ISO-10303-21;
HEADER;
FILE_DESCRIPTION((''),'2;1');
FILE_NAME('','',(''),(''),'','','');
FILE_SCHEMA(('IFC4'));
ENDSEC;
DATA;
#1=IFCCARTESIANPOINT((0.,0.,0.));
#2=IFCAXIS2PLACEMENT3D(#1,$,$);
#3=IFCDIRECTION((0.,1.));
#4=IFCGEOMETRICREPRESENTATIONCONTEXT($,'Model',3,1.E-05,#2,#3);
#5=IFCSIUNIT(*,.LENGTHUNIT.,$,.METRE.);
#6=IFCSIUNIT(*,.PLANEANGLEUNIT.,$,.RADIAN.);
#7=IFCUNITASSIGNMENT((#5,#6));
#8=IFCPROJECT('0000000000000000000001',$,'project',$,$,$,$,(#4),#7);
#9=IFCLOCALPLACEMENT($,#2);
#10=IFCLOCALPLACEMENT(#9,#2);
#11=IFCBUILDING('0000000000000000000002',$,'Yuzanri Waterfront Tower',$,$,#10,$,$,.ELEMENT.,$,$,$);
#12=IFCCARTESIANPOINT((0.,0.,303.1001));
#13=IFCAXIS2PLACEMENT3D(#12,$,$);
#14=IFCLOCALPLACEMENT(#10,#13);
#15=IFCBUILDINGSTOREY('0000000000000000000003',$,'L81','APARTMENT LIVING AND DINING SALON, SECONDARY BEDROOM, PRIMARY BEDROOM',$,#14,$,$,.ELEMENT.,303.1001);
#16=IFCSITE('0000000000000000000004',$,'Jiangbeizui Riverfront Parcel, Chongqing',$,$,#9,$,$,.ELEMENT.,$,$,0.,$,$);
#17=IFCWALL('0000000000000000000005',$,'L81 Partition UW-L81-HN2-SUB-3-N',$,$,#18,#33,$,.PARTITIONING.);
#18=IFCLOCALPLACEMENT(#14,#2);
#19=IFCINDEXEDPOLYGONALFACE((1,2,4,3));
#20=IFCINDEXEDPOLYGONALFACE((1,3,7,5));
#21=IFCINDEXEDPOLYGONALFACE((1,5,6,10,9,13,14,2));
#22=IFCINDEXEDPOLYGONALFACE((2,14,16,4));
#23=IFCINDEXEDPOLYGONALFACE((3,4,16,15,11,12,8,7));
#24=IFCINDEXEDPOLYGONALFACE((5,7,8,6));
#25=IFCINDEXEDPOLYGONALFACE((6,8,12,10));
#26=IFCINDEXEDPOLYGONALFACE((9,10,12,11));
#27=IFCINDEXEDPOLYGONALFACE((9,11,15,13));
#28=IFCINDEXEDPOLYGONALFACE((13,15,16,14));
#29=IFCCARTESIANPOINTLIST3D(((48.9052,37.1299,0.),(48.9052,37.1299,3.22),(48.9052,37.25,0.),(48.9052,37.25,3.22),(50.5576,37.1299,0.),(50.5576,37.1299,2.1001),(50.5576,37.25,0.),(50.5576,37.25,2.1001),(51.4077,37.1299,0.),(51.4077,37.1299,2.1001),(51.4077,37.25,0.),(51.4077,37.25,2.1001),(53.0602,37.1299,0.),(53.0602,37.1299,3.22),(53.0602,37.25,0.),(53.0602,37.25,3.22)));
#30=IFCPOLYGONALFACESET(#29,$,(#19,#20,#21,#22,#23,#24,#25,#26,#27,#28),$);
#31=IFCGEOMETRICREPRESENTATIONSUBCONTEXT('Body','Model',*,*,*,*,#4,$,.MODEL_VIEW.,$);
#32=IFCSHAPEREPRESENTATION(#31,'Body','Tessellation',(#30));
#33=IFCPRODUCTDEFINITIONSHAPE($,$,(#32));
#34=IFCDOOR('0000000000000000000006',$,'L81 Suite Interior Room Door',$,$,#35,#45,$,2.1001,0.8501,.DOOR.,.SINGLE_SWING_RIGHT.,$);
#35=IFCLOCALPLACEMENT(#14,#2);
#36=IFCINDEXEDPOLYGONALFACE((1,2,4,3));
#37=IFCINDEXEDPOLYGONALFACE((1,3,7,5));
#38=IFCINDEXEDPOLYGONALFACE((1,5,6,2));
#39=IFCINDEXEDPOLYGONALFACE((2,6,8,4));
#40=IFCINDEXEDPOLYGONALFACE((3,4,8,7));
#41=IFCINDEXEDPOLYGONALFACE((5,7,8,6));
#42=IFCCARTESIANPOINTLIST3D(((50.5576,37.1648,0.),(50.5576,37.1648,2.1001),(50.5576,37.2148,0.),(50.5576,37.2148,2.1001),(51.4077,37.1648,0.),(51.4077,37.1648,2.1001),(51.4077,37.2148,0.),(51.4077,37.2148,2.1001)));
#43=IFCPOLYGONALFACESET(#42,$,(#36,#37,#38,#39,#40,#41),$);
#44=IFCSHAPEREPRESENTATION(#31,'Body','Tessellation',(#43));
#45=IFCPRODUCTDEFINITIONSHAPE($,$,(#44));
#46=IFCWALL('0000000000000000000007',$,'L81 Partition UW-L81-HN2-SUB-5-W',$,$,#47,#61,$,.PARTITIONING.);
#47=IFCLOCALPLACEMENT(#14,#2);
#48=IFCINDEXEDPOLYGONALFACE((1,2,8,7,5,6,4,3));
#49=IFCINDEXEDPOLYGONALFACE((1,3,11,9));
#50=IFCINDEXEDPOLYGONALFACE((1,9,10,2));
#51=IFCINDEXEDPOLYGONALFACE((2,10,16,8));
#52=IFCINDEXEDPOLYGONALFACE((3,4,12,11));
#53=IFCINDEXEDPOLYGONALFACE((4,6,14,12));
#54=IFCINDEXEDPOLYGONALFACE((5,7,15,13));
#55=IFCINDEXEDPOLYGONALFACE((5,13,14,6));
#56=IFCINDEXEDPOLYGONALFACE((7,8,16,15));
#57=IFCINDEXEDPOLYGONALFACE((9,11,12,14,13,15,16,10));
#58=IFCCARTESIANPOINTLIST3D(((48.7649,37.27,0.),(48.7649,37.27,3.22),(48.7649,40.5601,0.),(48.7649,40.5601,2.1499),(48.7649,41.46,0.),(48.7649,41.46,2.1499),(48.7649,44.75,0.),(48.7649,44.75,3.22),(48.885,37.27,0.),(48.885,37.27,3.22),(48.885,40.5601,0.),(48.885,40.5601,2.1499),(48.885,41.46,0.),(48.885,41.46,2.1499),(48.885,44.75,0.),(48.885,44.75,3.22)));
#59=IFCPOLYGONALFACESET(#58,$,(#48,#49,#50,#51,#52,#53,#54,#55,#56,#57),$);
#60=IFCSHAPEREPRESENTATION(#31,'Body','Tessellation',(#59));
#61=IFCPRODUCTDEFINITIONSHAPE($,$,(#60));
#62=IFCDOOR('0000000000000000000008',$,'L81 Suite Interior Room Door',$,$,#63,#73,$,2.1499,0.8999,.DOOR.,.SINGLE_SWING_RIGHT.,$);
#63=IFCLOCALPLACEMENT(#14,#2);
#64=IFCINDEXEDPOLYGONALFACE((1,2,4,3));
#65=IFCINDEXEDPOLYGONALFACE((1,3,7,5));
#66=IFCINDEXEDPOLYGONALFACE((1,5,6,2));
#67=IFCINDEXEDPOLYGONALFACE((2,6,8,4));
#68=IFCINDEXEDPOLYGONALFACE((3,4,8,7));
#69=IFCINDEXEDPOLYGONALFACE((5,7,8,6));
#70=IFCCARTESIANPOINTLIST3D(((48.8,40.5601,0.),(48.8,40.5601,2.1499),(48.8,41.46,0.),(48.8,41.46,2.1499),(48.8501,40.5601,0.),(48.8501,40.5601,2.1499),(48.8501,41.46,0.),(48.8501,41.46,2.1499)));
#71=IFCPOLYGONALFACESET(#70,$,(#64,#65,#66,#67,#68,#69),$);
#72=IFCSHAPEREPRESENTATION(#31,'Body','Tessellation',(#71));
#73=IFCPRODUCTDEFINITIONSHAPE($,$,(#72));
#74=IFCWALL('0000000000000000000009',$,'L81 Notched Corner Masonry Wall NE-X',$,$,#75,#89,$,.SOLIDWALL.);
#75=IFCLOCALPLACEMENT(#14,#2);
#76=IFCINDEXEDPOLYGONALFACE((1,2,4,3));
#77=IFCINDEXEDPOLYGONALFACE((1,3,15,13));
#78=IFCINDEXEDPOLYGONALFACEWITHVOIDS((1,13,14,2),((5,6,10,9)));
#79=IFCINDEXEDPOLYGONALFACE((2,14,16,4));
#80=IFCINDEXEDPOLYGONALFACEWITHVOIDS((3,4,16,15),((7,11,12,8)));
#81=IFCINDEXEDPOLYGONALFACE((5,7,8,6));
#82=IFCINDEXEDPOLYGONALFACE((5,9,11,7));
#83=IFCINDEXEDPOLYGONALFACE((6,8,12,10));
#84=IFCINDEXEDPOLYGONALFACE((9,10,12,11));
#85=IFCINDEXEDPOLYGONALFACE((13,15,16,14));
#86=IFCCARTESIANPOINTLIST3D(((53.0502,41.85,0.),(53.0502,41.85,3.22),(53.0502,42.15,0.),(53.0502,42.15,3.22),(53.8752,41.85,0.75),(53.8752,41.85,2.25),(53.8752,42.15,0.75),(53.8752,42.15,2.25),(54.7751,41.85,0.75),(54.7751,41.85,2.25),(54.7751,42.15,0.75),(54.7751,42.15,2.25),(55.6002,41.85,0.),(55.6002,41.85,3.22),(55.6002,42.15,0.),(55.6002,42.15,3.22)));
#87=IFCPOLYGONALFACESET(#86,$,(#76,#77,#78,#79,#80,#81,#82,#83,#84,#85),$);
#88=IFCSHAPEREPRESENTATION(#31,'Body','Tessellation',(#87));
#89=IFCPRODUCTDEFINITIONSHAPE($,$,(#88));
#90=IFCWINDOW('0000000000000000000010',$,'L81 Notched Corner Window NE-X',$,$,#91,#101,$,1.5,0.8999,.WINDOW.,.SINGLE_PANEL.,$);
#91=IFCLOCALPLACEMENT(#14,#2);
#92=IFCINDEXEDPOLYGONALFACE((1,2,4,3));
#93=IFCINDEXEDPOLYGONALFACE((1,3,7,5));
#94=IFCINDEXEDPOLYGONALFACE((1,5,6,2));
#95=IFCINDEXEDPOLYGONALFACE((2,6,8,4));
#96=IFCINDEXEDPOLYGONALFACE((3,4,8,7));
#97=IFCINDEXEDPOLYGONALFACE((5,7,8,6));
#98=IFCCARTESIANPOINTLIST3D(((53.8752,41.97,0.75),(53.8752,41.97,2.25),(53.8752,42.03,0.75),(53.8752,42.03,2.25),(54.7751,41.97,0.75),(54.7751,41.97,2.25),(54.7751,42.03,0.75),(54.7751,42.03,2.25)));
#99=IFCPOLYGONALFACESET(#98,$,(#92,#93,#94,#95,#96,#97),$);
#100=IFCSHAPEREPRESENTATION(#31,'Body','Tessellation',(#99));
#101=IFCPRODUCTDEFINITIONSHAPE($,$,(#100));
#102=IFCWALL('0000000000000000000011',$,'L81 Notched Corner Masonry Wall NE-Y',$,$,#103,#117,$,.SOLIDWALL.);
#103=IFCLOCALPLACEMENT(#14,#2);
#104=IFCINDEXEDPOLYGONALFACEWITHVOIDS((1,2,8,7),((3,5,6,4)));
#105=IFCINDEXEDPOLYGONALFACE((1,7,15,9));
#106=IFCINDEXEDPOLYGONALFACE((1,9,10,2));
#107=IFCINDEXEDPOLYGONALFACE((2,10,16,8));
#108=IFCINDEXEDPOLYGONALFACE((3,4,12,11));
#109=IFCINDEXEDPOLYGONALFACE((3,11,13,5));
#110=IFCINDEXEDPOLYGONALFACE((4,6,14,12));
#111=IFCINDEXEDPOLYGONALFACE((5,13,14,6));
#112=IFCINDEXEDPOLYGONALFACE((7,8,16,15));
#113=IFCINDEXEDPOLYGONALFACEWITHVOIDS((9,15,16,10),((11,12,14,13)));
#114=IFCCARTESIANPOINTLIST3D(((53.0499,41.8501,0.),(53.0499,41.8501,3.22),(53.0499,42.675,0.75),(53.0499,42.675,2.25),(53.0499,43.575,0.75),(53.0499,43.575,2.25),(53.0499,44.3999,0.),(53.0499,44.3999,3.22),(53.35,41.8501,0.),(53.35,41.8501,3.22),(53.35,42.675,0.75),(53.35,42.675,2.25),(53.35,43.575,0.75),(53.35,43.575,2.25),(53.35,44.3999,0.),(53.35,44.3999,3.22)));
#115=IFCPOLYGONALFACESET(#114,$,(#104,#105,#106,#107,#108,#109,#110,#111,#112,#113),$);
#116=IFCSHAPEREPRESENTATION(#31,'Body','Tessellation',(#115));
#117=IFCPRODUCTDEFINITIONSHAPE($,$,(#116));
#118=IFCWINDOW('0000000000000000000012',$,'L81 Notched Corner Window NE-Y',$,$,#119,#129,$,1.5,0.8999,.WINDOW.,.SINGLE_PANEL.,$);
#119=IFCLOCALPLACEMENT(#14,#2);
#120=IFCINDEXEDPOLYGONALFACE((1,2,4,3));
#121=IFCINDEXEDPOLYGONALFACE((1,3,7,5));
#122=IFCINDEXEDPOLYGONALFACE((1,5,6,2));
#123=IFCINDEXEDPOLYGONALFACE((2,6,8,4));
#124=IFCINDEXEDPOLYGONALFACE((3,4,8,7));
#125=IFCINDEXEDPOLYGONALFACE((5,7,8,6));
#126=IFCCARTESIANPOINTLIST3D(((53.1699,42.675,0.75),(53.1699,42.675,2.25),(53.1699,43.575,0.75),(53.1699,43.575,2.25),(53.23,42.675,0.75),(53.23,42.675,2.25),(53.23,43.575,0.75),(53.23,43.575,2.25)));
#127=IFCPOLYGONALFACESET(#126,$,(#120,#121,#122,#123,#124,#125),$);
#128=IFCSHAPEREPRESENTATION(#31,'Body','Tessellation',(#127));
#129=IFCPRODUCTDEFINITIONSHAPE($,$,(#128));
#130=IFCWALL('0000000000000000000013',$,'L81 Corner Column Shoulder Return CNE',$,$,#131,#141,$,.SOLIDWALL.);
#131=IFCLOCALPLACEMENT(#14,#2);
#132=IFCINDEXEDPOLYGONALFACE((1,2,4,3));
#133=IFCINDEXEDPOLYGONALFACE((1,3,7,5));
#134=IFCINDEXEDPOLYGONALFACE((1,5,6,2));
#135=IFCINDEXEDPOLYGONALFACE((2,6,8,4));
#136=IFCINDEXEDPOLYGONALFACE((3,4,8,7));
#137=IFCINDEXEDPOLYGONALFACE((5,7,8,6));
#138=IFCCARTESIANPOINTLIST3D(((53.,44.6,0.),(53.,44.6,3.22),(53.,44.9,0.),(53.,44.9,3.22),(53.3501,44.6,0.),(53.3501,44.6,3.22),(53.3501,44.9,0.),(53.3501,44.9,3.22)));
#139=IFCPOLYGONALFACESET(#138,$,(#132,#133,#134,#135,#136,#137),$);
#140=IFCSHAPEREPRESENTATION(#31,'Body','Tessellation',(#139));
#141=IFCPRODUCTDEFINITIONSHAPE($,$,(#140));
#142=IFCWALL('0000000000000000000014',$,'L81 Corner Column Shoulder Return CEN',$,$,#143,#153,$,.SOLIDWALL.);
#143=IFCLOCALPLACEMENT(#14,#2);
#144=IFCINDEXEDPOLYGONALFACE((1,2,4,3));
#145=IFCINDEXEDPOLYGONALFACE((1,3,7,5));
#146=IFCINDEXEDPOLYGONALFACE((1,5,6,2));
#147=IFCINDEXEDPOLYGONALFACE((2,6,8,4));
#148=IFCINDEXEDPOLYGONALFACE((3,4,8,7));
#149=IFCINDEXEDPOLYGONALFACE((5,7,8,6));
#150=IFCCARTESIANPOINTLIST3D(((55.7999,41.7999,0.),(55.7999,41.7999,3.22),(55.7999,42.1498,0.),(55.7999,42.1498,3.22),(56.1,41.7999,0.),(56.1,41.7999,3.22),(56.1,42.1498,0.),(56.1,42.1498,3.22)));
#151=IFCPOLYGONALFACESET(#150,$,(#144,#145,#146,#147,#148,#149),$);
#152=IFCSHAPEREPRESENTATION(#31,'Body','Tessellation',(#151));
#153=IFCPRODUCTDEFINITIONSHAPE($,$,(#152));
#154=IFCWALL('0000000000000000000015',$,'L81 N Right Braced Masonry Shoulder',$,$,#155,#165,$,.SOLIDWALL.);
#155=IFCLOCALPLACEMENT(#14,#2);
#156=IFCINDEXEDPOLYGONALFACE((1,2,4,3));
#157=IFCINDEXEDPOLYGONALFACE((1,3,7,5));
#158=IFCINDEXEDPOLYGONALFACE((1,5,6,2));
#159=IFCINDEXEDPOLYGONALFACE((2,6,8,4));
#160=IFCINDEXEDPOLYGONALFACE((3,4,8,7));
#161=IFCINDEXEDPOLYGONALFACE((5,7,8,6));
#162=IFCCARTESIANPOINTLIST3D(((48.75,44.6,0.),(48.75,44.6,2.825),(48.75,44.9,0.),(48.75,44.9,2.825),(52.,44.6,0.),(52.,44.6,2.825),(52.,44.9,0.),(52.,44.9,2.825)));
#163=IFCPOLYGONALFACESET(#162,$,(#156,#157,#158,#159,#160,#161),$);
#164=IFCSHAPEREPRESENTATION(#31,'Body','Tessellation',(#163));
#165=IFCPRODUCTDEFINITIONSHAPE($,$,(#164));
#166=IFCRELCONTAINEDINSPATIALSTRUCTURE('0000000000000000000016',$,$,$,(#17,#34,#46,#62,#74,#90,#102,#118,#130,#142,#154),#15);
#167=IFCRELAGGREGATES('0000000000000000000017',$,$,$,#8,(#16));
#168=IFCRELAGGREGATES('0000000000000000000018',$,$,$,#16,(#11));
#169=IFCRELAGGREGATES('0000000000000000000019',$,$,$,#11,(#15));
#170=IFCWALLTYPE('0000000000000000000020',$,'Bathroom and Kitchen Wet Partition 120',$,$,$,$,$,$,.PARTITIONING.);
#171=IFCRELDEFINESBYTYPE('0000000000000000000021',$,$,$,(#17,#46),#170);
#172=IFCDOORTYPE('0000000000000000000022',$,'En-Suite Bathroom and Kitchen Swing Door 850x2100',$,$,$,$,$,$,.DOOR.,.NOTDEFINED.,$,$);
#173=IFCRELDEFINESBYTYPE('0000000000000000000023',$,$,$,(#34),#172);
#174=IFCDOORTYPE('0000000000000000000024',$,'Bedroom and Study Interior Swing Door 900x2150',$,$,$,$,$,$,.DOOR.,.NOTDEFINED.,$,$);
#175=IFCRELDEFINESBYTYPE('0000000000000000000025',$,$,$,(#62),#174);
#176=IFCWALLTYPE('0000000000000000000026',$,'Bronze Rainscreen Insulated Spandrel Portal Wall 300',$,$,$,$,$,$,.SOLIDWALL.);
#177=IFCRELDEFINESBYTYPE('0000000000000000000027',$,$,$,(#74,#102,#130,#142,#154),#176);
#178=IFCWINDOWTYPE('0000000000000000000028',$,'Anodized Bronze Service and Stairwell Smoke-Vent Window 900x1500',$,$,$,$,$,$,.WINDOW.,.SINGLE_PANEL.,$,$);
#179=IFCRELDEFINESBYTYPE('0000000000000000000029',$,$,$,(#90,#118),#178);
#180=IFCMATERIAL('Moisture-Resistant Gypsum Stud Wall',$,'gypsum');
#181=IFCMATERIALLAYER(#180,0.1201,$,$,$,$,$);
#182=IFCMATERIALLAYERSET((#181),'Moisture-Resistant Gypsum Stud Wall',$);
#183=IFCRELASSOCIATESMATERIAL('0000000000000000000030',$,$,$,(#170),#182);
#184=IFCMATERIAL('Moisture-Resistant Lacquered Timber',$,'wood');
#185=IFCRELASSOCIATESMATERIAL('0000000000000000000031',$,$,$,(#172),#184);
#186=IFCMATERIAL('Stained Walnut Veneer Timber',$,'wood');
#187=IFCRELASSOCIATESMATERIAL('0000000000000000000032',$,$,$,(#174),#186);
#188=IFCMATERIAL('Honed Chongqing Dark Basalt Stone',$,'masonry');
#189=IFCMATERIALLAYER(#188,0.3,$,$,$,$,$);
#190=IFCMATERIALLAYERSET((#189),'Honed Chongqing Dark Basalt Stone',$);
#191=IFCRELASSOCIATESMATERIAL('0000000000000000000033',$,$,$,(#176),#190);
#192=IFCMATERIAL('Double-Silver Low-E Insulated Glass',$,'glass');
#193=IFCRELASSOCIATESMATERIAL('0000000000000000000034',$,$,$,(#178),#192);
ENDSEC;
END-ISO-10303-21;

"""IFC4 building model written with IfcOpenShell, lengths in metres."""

from ifc_helpers import new_model, si_unit, direction, frame, frame_2d, origin, place, context, subcontext, project, spatial, rectangle, extrude, source, transform, mapped, material, layer, layer_set, type_object, element, fill, save


model = new_model("IFC4")

# Units and contexts
model_context = context("Model", 3, precision=1e-05, world=origin(), true_north=direction((0.0, 1.0)))
body_context = subcontext(model_context, "Body", "Model", "MODEL_VIEW")
ifc_project = project(units=[si_unit("LENGTHUNIT", "METRE"), si_unit("PLANEANGLEUNIT", "RADIAN")], contexts=[model_context])

# Site, building, storey
site_placement = place(None, origin())
site = spatial("IfcSite", under=ifc_project, at=site_placement, Name="Jiangbeizui Riverfront Parcel, Chongqing", CompositionType="ELEMENT", RefElevation=0.0)
building_placement = place(site_placement, origin())
building = spatial("IfcBuilding", under=site, at=building_placement, Name="Yuzanri Waterfront Tower", CompositionType="ELEMENT")
storey_placement = place(building_placement, frame((0.0, 0.0, 303.1001)))
storey = spatial("IfcBuildingStorey", under=building, at=storey_placement, Name="L81", Description="APARTMENT LIVING AND DINING SALON, SECONDARY BEDROOM, PRIMARY BEDROOM", CompositionType="ELEMENT", Elevation=303.1001)

# Walls, openings, doors
ifc_material_1 = material(Name="Moisture-Resistant Gypsum Stud Wall", Category="gypsum")
ifc_layer_1 = layer(ifc_material_1, 0.1201)
ifc_layer_set_1 = layer_set([ifc_layer_1], Name="Moisture-Resistant Gypsum Stud Wall")
wall_type_1 = type_object("IfcWallType", Name="Bathroom and Kitchen Wet Partition 120", PredefinedType="PARTITIONING", material=ifc_layer_set_1)
wall_1_placement = place(storey_placement, frame((48.905, 37.1899, 0.0), z_axis=(0.0, 0.0, 1.0), x_axis=(1.0, 0.0, 0.0)))
wall_1 = element("IfcWall", 1, at=wall_1_placement, inside=storey, type_object=wall_type_1, Name="L81 Partition UW-L81-HN2-SUB-3-N", PredefinedType="PARTITIONING", context=body_context, shape_type="SweptSolid", body=[
    extrude(rectangle(XDim=4.155, YDim=0.1201, at=frame_2d((2.0776, 0.0))), origin(), (0.0, 0.0, 1.0), 3.22),
])
opening_1_placement = place(wall_1_placement, frame((1.6526, 0.0, 0.0)))
opening_1 = element("IfcOpeningElement", 2, at=opening_1_placement, cuts=wall_1, PredefinedType="OPENING", context=body_context, shape_type="SweptSolid", body=[
    extrude(rectangle(XDim=0.8501, YDim=2.1001, at=frame_2d((0.425, 1.05))), frame((0.0, 0.075, 0.0), z_axis=(0.0, -1.0, 0.0), x_axis=(1.0, 0.0, 0.0)), (0.0, 0.0, 1.0), 0.1499),
])
ifc_material_2 = material(Name="Moisture-Resistant Lacquered Timber", Category="wood")
door_type_1 = type_object("IfcDoorType", Name="En-Suite Bathroom and Kitchen Swing Door 850x2100", OperationType="NOTDEFINED", PredefinedType="DOOR", material=ifc_material_2)
shared_shape_1 = source(origin(), body_context, "Body", "SweptSolid", [
    extrude(rectangle(XDim=0.8501, YDim=2.1001, at=frame_2d((0.425, 1.05))), frame((0.0, 0.0249, 0.0), z_axis=(0.0, -1.0, 0.0), x_axis=(1.0, 0.0, 0.0)), (0.0, 0.0, 1.0), 0.05),
])
door_1_placement = place(opening_1_placement, origin())
door_1 = element("IfcDoor", 3, at=door_1_placement, inside=storey, type_object=door_type_1, Name="L81 Suite Interior Room Door", OperationType="SINGLE_SWING_RIGHT", OverallHeight=2.1001, OverallWidth=0.8501, PredefinedType="DOOR", context=body_context, shape_type="MappedRepresentation", body=[
    mapped(shared_shape_1, transform((0.0, 0.0, 0.0), scale=1.0)),
])
fill(opening_1, door_1)
wall_2_placement = place(storey_placement, frame((48.825, 37.27, 0.0), z_axis=(0.0, 0.0, 1.0), x_axis=(0.0, 1.0, 0.0)))
wall_2 = element("IfcWall", 4, at=wall_2_placement, inside=storey, type_object=wall_type_1, Name="L81 Partition UW-L81-HN2-SUB-5-W", PredefinedType="PARTITIONING", context=body_context, shape_type="SweptSolid", body=[
    extrude(rectangle(XDim=7.48, YDim=0.1201, at=frame_2d((3.74, 0.0))), origin(), (0.0, 0.0, 1.0), 3.22),
])
opening_2_placement = place(wall_2_placement, frame((3.29, 0.0, 0.0)))
opening_2 = element("IfcOpeningElement", 5, at=opening_2_placement, cuts=wall_2, PredefinedType="OPENING", context=body_context, shape_type="SweptSolid", body=[
    extrude(rectangle(XDim=0.8999, YDim=2.1499, at=frame_2d((0.45, 1.075))), frame((0.0, 0.075, 0.0), z_axis=(0.0, -1.0, 0.0), x_axis=(1.0, 0.0, 0.0)), (0.0, 0.0, 1.0), 0.1499),
])
ifc_material_3 = material(Name="Stained Walnut Veneer Timber", Category="wood")
door_type_2 = type_object("IfcDoorType", Name="Bedroom and Study Interior Swing Door 900x2150", OperationType="NOTDEFINED", PredefinedType="DOOR", material=ifc_material_3)
shared_shape_2 = source(origin(), body_context, "Body", "SweptSolid", [
    extrude(rectangle(XDim=0.8999, YDim=2.1499, at=frame_2d((0.45, 1.075))), frame((0.0, 0.0249, 0.0), z_axis=(0.0, -1.0, 0.0), x_axis=(1.0, 0.0, 0.0)), (0.0, 0.0, 1.0), 0.05),
])
door_2_placement = place(opening_2_placement, origin())
door_2 = element("IfcDoor", 6, at=door_2_placement, inside=storey, type_object=door_type_2, Name="L81 Suite Interior Room Door", OperationType="SINGLE_SWING_RIGHT", OverallHeight=2.1499, OverallWidth=0.8999, PredefinedType="DOOR", context=body_context, shape_type="MappedRepresentation", body=[
    mapped(shared_shape_2, transform((0.0, 0.0, 0.0), scale=1.0)),
])
fill(opening_2, door_2)

# Walls, openings, windows
ifc_material_4 = material(Name="Honed Chongqing Dark Basalt Stone", Category="masonry")
ifc_layer_2 = layer(ifc_material_4, 0.3)
ifc_layer_set_2 = layer_set([ifc_layer_2], Name="Honed Chongqing Dark Basalt Stone")
wall_type_2 = type_object("IfcWallType", Name="Bronze Rainscreen Insulated Spandrel Portal Wall 300", PredefinedType="SOLIDWALL", material=ifc_layer_set_2)
wall_3_placement = place(storey_placement, frame((55.6001, 42.0, 0.0), z_axis=(0.0, 0.0, 1.0), x_axis=(-1.0, 0.0, 0.0)))
wall_3 = element("IfcWall", 7, at=wall_3_placement, inside=storey, type_object=wall_type_2, Name="L81 Notched Corner Masonry Wall NE-X", PredefinedType="SOLIDWALL", context=body_context, shape_type="SweptSolid", body=[
    extrude(rectangle(XDim=2.55, YDim=0.3, at=frame_2d((1.2749, 0.0))), origin(), (0.0, 0.0, 1.0), 3.22),
])
opening_3_placement = place(wall_3_placement, frame((0.825, 0.0, 0.75)))
opening_3 = element("IfcOpeningElement", 8, at=opening_3_placement, cuts=wall_3, PredefinedType="OPENING", context=body_context, shape_type="SweptSolid", body=[
    extrude(rectangle(XDim=0.8999, YDim=1.5, at=frame_2d((0.45, 0.75))), frame((0.0, 0.165, 0.0), z_axis=(0.0, -1.0, 0.0), x_axis=(1.0, 0.0, 0.0)), (0.0, 0.0, 1.0), 0.3298),
])
ifc_material_5 = material(Name="Double-Silver Low-E Insulated Glass", Category="glass")
window_type = type_object("IfcWindowType", Name="Anodized Bronze Service and Stairwell Smoke-Vent Window 900x1500", PartitioningType="SINGLE_PANEL", PredefinedType="WINDOW", material=ifc_material_5)
shared_shape_3 = source(origin(), body_context, "Body", "SweptSolid", [
    extrude(rectangle(XDim=0.8999, YDim=1.5, at=frame_2d((0.45, 0.75))), frame((0.0, 0.03, 0.0), z_axis=(0.0, -1.0, 0.0), x_axis=(1.0, 0.0, 0.0)), (0.0, 0.0, 1.0), 0.0601),
])
window_1_placement = place(opening_3_placement, origin())
window_1 = element("IfcWindow", 9, at=window_1_placement, inside=storey, type_object=window_type, Name="L81 Notched Corner Window NE-X", OverallHeight=1.5, OverallWidth=0.8999, PartitioningType="SINGLE_PANEL", PredefinedType="WINDOW", context=body_context, shape_type="MappedRepresentation", body=[
    mapped(shared_shape_3, transform((0.0, 0.0, 0.0), scale=1.0)),
])
fill(opening_3, window_1)
wall_4_placement = place(storey_placement, frame((53.2, 41.8501, 0.0), z_axis=(0.0, 0.0, 1.0), x_axis=(0.0, 1.0, 0.0)))
wall_4 = element("IfcWall", 10, at=wall_4_placement, inside=storey, type_object=wall_type_2, Name="L81 Notched Corner Masonry Wall NE-Y", PredefinedType="SOLIDWALL", context=body_context, shape_type="SweptSolid", body=[
    extrude(rectangle(XDim=2.5498, YDim=0.3, at=frame_2d((1.2749, 0.0))), origin(), (0.0, 0.0, 1.0), 3.22),
])
opening_4_placement = place(wall_4_placement, frame((0.825, 0.0, 0.75)))
opening_4 = element("IfcOpeningElement", 11, at=opening_4_placement, cuts=wall_4, PredefinedType="OPENING", context=body_context, shape_type="SweptSolid", body=[
    extrude(rectangle(XDim=0.8999, YDim=1.5, at=frame_2d((0.45, 0.75))), frame((0.0, 0.165, 0.0), z_axis=(0.0, -1.0, 0.0), x_axis=(1.0, 0.0, 0.0)), (0.0, 0.0, 1.0), 0.3298),
])
window_2_placement = place(opening_4_placement, origin())
window_2 = element("IfcWindow", 12, at=window_2_placement, inside=storey, type_object=window_type, Name="L81 Notched Corner Window NE-Y", OverallHeight=1.5, OverallWidth=0.8999, PartitioningType="SINGLE_PANEL", PredefinedType="WINDOW", context=body_context, shape_type="MappedRepresentation", body=[
    mapped(shared_shape_3, transform((0.0, 0.0, 0.0), scale=1.0)),
])
fill(opening_4, window_2)

# Walls
shared_shape_4 = source(origin(), body_context, "Body", "SweptSolid", [
    extrude(rectangle(XDim=0.3501, YDim=0.3, at=frame_2d((0.175, 0.0))), origin(), (0.0, 0.0, 1.0), 3.22),
])
wall_5_placement = place(storey_placement, frame((53.0, 44.75, 0.0), z_axis=(0.0, 0.0, 1.0), x_axis=(1.0, 0.0, 0.0)))
element("IfcWall", 13, at=wall_5_placement, inside=storey, type_object=wall_type_2, Name="L81 Corner Column Shoulder Return CNE", PredefinedType="SOLIDWALL", context=body_context, shape_type="MappedRepresentation", body=[
    mapped(shared_shape_4, transform((0.0, 0.0, 0.0), scale=1.0)),
])
shared_shape_5 = source(origin(), body_context, "Body", "SweptSolid", [
    extrude(rectangle(XDim=0.3499, YDim=0.3, at=frame_2d((0.1748, 0.0))), origin(), (0.0, 0.0, 1.0), 3.22),
])
wall_6_placement = place(storey_placement, frame((55.95, 41.8, 0.0), z_axis=(0.0, 0.0, 1.0), x_axis=(0.0, 1.0, 0.0)))
element("IfcWall", 14, at=wall_6_placement, inside=storey, type_object=wall_type_2, Name="L81 Corner Column Shoulder Return CEN", PredefinedType="SOLIDWALL", context=body_context, shape_type="MappedRepresentation", body=[
    mapped(shared_shape_5, transform((0.0, 0.0, 0.0), scale=1.0)),
])
shared_shape_6 = source(origin(), body_context, "Body", "SweptSolid", [
    extrude(rectangle(XDim=3.25, YDim=0.3, at=frame_2d((1.625, 0.0))), origin(), (0.0, 0.0, 1.0), 2.825),
])
for number, where, z_axis, x_axis, name in (
    (15, (48.75, 44.75, 0.0), (0.0, 0.0, 1.0), (1.0, 0.0, 0.0), "L81 N Right Braced Masonry Shoulder"),
):
    element("IfcWall", number, at=place(storey_placement, frame(where, z_axis=z_axis, x_axis=x_axis)), inside=storey, type_object=wall_type_2, Name=name, PredefinedType="SOLIDWALL", context=body_context, shape_type="MappedRepresentation", body=[
        mapped(shared_shape_6, transform((0.0, 0.0, 0.0), scale=1.0)),
    ])

save(model, "model.ifc")
